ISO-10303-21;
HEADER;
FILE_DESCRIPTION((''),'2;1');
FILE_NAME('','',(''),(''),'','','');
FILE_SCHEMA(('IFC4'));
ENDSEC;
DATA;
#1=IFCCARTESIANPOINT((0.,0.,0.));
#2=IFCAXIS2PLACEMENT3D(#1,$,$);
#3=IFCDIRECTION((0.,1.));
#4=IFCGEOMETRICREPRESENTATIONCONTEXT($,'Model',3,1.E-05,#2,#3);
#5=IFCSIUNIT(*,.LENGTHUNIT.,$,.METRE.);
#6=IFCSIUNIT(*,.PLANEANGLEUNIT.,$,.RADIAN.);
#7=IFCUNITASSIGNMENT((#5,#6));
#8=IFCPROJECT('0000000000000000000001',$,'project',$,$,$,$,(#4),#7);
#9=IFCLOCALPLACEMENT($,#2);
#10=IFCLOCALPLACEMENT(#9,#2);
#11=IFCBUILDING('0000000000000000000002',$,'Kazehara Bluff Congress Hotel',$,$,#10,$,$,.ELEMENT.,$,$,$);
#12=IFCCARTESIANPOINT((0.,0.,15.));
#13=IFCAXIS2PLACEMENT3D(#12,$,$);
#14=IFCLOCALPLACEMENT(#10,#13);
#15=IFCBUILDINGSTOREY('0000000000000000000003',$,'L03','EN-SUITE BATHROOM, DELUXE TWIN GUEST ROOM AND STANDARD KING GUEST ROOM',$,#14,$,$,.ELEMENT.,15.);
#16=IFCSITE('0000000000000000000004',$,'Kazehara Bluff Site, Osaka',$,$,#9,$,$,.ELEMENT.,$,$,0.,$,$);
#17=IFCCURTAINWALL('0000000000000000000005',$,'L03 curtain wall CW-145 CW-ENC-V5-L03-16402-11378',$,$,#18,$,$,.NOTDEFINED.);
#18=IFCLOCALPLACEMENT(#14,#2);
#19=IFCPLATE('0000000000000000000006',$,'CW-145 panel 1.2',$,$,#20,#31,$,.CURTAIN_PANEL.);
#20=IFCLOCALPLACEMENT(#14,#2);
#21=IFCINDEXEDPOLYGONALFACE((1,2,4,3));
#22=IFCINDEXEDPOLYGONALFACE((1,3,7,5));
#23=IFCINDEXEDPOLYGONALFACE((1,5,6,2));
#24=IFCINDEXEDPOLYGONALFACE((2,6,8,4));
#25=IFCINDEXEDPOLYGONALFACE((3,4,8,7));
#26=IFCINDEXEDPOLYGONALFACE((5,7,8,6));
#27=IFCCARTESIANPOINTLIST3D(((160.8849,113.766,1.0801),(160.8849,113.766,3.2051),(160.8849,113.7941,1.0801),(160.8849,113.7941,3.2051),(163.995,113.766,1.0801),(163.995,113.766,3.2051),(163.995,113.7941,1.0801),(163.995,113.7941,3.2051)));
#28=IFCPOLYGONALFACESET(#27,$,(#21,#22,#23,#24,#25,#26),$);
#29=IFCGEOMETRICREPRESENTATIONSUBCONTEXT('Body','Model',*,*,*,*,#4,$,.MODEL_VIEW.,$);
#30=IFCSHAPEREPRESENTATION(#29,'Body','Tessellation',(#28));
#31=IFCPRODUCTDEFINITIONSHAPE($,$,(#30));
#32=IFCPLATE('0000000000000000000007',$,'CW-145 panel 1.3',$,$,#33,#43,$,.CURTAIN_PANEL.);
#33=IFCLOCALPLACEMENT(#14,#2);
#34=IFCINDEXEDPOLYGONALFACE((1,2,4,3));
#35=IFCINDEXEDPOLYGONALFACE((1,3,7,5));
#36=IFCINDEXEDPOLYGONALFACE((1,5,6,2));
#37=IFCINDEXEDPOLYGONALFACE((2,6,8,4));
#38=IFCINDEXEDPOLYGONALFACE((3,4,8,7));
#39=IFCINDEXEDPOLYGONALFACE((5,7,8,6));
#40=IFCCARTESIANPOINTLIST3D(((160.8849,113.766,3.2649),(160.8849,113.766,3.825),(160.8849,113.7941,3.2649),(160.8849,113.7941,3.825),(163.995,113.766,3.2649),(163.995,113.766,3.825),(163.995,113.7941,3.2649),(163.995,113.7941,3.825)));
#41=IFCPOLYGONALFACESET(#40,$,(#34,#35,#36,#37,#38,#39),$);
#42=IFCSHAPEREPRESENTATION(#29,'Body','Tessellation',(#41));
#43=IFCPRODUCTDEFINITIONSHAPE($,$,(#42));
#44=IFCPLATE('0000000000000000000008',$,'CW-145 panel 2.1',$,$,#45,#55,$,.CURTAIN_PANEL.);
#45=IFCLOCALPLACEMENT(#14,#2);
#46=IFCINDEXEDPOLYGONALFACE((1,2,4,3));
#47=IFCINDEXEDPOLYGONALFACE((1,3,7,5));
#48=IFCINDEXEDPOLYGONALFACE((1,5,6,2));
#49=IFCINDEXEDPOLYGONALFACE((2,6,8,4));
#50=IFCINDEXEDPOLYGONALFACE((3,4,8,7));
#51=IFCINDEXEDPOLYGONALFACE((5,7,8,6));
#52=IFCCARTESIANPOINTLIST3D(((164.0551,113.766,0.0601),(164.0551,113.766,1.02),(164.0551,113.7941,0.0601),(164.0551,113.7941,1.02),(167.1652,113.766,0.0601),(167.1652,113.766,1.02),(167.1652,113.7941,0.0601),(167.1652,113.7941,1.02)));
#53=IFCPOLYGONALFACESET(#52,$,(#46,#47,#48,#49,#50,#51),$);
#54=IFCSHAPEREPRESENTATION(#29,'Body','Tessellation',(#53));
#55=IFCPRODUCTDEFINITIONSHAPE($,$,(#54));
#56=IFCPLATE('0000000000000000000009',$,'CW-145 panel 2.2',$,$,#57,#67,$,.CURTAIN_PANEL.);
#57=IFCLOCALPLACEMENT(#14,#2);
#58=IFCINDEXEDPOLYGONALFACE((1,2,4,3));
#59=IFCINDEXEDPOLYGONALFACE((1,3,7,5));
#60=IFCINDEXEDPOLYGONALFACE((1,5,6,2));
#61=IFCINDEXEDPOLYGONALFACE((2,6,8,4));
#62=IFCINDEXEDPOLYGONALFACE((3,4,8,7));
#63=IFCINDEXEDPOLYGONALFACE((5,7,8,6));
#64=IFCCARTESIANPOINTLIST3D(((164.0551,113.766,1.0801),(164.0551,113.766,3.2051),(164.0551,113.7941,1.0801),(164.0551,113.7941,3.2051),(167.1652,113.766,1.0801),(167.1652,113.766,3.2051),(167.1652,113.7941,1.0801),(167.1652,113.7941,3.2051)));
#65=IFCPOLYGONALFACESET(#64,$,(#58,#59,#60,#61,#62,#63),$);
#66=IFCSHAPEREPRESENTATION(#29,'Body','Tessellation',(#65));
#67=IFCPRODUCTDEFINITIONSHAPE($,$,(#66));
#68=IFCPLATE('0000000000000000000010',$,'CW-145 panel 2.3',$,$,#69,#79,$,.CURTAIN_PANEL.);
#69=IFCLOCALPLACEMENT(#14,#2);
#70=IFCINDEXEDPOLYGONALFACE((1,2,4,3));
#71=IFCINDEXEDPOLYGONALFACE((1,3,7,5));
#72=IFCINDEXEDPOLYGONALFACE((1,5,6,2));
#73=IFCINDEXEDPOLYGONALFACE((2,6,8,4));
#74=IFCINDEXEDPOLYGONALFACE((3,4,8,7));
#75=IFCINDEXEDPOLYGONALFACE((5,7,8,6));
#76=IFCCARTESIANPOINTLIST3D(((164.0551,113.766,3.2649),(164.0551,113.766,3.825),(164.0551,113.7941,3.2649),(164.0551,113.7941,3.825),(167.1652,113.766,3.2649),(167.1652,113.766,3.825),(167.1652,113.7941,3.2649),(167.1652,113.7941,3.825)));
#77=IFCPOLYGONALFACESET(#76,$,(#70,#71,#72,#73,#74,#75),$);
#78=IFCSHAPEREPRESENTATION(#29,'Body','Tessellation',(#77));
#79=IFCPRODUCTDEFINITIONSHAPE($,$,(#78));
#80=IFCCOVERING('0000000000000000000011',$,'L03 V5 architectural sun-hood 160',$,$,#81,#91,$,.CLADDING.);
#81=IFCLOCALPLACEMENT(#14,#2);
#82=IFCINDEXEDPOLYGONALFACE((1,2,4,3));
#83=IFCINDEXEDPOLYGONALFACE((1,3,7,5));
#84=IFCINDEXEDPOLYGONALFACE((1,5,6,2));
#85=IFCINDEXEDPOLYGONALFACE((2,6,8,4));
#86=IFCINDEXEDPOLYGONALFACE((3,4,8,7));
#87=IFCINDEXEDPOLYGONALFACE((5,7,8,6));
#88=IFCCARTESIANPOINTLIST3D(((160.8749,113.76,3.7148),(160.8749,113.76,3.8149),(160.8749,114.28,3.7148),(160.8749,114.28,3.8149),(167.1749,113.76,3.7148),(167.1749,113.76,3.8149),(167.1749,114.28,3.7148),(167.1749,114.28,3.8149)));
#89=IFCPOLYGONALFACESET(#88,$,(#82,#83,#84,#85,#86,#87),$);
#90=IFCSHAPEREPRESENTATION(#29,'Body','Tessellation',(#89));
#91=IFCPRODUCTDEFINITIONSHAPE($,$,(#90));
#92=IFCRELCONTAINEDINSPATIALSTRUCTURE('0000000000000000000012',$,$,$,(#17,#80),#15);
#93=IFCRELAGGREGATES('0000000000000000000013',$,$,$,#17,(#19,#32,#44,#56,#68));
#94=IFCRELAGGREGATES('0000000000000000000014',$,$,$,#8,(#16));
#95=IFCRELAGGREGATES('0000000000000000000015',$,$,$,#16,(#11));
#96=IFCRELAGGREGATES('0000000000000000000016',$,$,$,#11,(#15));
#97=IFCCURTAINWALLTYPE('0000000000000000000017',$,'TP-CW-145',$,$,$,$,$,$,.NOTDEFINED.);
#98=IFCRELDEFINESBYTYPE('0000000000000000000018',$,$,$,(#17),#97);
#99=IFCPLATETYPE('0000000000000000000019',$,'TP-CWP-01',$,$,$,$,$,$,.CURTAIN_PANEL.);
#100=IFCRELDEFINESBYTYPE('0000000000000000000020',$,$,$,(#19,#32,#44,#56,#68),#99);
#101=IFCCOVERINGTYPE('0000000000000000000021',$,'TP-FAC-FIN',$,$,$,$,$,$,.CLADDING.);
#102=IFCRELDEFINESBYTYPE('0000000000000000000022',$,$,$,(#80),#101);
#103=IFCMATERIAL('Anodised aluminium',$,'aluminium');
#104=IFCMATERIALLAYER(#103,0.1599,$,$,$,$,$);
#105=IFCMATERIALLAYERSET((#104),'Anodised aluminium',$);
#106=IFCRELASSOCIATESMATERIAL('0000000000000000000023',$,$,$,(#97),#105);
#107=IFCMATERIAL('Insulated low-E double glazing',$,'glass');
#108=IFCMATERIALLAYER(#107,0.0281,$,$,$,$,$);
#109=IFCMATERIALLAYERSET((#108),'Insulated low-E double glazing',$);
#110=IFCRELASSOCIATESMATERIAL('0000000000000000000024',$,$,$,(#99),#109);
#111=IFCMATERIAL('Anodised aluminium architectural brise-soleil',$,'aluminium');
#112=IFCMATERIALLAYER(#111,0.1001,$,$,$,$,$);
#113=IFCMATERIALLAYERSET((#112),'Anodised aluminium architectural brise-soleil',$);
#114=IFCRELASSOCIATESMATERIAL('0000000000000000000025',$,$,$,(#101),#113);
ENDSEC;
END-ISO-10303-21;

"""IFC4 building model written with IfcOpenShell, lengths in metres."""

from ifc_helpers import new_model, si_unit, direction, frame, origin, origin_2d, place, context, subcontext, project, spatial, rectangle, extrude, material, layer, layer_set, type_object, element, aggregate, save


model = new_model("IFC4")

# Units and contexts
model_context = context("Model", 3, precision=1e-05, world=origin(), true_north=direction((0.0, 1.0)))
body_context = subcontext(model_context, "Body", "Model", "MODEL_VIEW")
ifc_project = project(units=[si_unit("LENGTHUNIT", "METRE"), si_unit("PLANEANGLEUNIT", "RADIAN")], contexts=[model_context])

# Site, building, storey
site_placement = place(None, origin())
site = spatial("IfcSite", under=ifc_project, at=site_placement, Name="Kazehara Bluff Site, Osaka", CompositionType="ELEMENT", RefElevation=0.0)
building_placement = place(site_placement, origin())
building = spatial("IfcBuilding", under=site, at=building_placement, Name="Kazehara Bluff Congress Hotel", CompositionType="ELEMENT")
storey_placement = place(building_placement, frame((0.0, 0.0, 15.0)))
storey = spatial("IfcBuildingStorey", under=building, at=storey_placement, Name="L03", Description="EN-SUITE BATHROOM, DELUXE TWIN GUEST ROOM AND STANDARD KING GUEST ROOM", CompositionType="ELEMENT", Elevation=15.0)

# Curtain wall
ifc_material_1 = material(Name="Anodised aluminium", Category="aluminium")
ifc_layer_1 = layer(ifc_material_1, 0.1599)
ifc_layer_set_1 = layer_set([ifc_layer_1], Name="Anodised aluminium")
curtain_wall_type_1 = type_object("IfcCurtainWallType", Name="TP-CW-145", PredefinedType="NOTDEFINED", material=ifc_layer_set_1)
curtain_wall_1_placement = place(storey_placement, origin())
curtain_wall_1 = element("IfcCurtainWall", 1, at=curtain_wall_1_placement, inside=storey, type_object=curtain_wall_type_1, Name="L03 curtain wall CW-145 CW-ENC-V5-L03-16402-11378", PredefinedType="NOTDEFINED")

# Plates
ifc_material_2 = material(Name="Insulated low-E double glazing", Category="glass")
ifc_layer_2 = layer(ifc_material_2, 0.0281)
ifc_layer_set_2 = layer_set([ifc_layer_2], Name="Insulated low-E double glazing")
plate_type = type_object("IfcPlateType", Name="TP-CWP-01", PredefinedType="CURTAIN_PANEL", material=ifc_layer_set_2)
plate_1_placement = place(storey_placement, frame((162.4399, 113.78, 1.0801), z_axis=(0.0, 0.0, 1.0), x_axis=(1.0, 0.0, 0.0)))
plate_1 = element("IfcPlate", 2, at=plate_1_placement, type_object=plate_type, Name="CW-145 panel 1.2", PredefinedType="CURTAIN_PANEL", context=body_context, shape_type="SweptSolid", body=[
    extrude(rectangle(XDim=3.1101, YDim=0.0281, at=origin_2d()), origin(), (0.0, 0.0, 1.0), 2.125),
])
plate_2_placement = place(storey_placement, frame((162.4399, 113.78, 3.2649), z_axis=(0.0, 0.0, 1.0), x_axis=(1.0, 0.0, 0.0)))
plate_2 = element("IfcPlate", 3, at=plate_2_placement, type_object=plate_type, Name="CW-145 panel 1.3", PredefinedType="CURTAIN_PANEL", context=body_context, shape_type="SweptSolid", body=[
    extrude(rectangle(XDim=3.1101, YDim=0.0281, at=origin_2d()), origin(), (0.0, 0.0, 1.0), 0.5601),
])
plate_3_placement = place(storey_placement, frame((165.6101, 113.78, 0.0601), z_axis=(0.0, 0.0, 1.0), x_axis=(1.0, 0.0, 0.0)))
plate_3 = element("IfcPlate", 4, at=plate_3_placement, type_object=plate_type, Name="CW-145 panel 2.1", PredefinedType="CURTAIN_PANEL", context=body_context, shape_type="SweptSolid", body=[
    extrude(rectangle(XDim=3.1101, YDim=0.0281, at=origin_2d()), origin(), (0.0, 0.0, 1.0), 0.96),
])
plate_4_placement = place(storey_placement, frame((165.6101, 113.78, 1.0801), z_axis=(0.0, 0.0, 1.0), x_axis=(1.0, 0.0, 0.0)))
plate_4 = element("IfcPlate", 5, at=plate_4_placement, type_object=plate_type, Name="CW-145 panel 2.2", PredefinedType="CURTAIN_PANEL", context=body_context, shape_type="SweptSolid", body=[
    extrude(rectangle(XDim=3.1101, YDim=0.0281, at=origin_2d()), origin(), (0.0, 0.0, 1.0), 2.125),
])
plate_5_placement = place(storey_placement, frame((165.6101, 113.78, 3.2649), z_axis=(0.0, 0.0, 1.0), x_axis=(1.0, 0.0, 0.0)))
plate_5 = element("IfcPlate", 6, at=plate_5_placement, type_object=plate_type, Name="CW-145 panel 2.3", PredefinedType="CURTAIN_PANEL", context=body_context, shape_type="SweptSolid", body=[
    extrude(rectangle(XDim=3.1101, YDim=0.0281, at=origin_2d()), origin(), (0.0, 0.0, 1.0), 0.5601),
])
aggregate(curtain_wall_1, [plate_1, plate_2, plate_3, plate_4, plate_5])

# Covering
ifc_material_3 = material(Name="Anodised aluminium architectural brise-soleil", Category="aluminium")
ifc_layer_3 = layer(ifc_material_3, 0.1001)
ifc_layer_set_3 = layer_set([ifc_layer_3], Name="Anodised aluminium architectural brise-soleil")
covering_type = type_object("IfcCoveringType", Name="TP-FAC-FIN", PredefinedType="CLADDING", material=ifc_layer_set_3)
covering_placement = place(storey_placement, frame((164.0249, 114.02, 3.7148), z_axis=(0.0, 0.0, 1.0), x_axis=(1.0, 0.0, 0.0)))
element("IfcCovering", 7, at=covering_placement, inside=storey, type_object=covering_type, Name="L03 V5 architectural sun-hood 160", PredefinedType="CLADDING", context=body_context, shape_type="SweptSolid", body=[
    extrude(rectangle(XDim=6.3, YDim=0.52, at=origin_2d()), origin(), (0.0, 0.0, 1.0), 0.1001),
])

save(model, "model.ifc")
